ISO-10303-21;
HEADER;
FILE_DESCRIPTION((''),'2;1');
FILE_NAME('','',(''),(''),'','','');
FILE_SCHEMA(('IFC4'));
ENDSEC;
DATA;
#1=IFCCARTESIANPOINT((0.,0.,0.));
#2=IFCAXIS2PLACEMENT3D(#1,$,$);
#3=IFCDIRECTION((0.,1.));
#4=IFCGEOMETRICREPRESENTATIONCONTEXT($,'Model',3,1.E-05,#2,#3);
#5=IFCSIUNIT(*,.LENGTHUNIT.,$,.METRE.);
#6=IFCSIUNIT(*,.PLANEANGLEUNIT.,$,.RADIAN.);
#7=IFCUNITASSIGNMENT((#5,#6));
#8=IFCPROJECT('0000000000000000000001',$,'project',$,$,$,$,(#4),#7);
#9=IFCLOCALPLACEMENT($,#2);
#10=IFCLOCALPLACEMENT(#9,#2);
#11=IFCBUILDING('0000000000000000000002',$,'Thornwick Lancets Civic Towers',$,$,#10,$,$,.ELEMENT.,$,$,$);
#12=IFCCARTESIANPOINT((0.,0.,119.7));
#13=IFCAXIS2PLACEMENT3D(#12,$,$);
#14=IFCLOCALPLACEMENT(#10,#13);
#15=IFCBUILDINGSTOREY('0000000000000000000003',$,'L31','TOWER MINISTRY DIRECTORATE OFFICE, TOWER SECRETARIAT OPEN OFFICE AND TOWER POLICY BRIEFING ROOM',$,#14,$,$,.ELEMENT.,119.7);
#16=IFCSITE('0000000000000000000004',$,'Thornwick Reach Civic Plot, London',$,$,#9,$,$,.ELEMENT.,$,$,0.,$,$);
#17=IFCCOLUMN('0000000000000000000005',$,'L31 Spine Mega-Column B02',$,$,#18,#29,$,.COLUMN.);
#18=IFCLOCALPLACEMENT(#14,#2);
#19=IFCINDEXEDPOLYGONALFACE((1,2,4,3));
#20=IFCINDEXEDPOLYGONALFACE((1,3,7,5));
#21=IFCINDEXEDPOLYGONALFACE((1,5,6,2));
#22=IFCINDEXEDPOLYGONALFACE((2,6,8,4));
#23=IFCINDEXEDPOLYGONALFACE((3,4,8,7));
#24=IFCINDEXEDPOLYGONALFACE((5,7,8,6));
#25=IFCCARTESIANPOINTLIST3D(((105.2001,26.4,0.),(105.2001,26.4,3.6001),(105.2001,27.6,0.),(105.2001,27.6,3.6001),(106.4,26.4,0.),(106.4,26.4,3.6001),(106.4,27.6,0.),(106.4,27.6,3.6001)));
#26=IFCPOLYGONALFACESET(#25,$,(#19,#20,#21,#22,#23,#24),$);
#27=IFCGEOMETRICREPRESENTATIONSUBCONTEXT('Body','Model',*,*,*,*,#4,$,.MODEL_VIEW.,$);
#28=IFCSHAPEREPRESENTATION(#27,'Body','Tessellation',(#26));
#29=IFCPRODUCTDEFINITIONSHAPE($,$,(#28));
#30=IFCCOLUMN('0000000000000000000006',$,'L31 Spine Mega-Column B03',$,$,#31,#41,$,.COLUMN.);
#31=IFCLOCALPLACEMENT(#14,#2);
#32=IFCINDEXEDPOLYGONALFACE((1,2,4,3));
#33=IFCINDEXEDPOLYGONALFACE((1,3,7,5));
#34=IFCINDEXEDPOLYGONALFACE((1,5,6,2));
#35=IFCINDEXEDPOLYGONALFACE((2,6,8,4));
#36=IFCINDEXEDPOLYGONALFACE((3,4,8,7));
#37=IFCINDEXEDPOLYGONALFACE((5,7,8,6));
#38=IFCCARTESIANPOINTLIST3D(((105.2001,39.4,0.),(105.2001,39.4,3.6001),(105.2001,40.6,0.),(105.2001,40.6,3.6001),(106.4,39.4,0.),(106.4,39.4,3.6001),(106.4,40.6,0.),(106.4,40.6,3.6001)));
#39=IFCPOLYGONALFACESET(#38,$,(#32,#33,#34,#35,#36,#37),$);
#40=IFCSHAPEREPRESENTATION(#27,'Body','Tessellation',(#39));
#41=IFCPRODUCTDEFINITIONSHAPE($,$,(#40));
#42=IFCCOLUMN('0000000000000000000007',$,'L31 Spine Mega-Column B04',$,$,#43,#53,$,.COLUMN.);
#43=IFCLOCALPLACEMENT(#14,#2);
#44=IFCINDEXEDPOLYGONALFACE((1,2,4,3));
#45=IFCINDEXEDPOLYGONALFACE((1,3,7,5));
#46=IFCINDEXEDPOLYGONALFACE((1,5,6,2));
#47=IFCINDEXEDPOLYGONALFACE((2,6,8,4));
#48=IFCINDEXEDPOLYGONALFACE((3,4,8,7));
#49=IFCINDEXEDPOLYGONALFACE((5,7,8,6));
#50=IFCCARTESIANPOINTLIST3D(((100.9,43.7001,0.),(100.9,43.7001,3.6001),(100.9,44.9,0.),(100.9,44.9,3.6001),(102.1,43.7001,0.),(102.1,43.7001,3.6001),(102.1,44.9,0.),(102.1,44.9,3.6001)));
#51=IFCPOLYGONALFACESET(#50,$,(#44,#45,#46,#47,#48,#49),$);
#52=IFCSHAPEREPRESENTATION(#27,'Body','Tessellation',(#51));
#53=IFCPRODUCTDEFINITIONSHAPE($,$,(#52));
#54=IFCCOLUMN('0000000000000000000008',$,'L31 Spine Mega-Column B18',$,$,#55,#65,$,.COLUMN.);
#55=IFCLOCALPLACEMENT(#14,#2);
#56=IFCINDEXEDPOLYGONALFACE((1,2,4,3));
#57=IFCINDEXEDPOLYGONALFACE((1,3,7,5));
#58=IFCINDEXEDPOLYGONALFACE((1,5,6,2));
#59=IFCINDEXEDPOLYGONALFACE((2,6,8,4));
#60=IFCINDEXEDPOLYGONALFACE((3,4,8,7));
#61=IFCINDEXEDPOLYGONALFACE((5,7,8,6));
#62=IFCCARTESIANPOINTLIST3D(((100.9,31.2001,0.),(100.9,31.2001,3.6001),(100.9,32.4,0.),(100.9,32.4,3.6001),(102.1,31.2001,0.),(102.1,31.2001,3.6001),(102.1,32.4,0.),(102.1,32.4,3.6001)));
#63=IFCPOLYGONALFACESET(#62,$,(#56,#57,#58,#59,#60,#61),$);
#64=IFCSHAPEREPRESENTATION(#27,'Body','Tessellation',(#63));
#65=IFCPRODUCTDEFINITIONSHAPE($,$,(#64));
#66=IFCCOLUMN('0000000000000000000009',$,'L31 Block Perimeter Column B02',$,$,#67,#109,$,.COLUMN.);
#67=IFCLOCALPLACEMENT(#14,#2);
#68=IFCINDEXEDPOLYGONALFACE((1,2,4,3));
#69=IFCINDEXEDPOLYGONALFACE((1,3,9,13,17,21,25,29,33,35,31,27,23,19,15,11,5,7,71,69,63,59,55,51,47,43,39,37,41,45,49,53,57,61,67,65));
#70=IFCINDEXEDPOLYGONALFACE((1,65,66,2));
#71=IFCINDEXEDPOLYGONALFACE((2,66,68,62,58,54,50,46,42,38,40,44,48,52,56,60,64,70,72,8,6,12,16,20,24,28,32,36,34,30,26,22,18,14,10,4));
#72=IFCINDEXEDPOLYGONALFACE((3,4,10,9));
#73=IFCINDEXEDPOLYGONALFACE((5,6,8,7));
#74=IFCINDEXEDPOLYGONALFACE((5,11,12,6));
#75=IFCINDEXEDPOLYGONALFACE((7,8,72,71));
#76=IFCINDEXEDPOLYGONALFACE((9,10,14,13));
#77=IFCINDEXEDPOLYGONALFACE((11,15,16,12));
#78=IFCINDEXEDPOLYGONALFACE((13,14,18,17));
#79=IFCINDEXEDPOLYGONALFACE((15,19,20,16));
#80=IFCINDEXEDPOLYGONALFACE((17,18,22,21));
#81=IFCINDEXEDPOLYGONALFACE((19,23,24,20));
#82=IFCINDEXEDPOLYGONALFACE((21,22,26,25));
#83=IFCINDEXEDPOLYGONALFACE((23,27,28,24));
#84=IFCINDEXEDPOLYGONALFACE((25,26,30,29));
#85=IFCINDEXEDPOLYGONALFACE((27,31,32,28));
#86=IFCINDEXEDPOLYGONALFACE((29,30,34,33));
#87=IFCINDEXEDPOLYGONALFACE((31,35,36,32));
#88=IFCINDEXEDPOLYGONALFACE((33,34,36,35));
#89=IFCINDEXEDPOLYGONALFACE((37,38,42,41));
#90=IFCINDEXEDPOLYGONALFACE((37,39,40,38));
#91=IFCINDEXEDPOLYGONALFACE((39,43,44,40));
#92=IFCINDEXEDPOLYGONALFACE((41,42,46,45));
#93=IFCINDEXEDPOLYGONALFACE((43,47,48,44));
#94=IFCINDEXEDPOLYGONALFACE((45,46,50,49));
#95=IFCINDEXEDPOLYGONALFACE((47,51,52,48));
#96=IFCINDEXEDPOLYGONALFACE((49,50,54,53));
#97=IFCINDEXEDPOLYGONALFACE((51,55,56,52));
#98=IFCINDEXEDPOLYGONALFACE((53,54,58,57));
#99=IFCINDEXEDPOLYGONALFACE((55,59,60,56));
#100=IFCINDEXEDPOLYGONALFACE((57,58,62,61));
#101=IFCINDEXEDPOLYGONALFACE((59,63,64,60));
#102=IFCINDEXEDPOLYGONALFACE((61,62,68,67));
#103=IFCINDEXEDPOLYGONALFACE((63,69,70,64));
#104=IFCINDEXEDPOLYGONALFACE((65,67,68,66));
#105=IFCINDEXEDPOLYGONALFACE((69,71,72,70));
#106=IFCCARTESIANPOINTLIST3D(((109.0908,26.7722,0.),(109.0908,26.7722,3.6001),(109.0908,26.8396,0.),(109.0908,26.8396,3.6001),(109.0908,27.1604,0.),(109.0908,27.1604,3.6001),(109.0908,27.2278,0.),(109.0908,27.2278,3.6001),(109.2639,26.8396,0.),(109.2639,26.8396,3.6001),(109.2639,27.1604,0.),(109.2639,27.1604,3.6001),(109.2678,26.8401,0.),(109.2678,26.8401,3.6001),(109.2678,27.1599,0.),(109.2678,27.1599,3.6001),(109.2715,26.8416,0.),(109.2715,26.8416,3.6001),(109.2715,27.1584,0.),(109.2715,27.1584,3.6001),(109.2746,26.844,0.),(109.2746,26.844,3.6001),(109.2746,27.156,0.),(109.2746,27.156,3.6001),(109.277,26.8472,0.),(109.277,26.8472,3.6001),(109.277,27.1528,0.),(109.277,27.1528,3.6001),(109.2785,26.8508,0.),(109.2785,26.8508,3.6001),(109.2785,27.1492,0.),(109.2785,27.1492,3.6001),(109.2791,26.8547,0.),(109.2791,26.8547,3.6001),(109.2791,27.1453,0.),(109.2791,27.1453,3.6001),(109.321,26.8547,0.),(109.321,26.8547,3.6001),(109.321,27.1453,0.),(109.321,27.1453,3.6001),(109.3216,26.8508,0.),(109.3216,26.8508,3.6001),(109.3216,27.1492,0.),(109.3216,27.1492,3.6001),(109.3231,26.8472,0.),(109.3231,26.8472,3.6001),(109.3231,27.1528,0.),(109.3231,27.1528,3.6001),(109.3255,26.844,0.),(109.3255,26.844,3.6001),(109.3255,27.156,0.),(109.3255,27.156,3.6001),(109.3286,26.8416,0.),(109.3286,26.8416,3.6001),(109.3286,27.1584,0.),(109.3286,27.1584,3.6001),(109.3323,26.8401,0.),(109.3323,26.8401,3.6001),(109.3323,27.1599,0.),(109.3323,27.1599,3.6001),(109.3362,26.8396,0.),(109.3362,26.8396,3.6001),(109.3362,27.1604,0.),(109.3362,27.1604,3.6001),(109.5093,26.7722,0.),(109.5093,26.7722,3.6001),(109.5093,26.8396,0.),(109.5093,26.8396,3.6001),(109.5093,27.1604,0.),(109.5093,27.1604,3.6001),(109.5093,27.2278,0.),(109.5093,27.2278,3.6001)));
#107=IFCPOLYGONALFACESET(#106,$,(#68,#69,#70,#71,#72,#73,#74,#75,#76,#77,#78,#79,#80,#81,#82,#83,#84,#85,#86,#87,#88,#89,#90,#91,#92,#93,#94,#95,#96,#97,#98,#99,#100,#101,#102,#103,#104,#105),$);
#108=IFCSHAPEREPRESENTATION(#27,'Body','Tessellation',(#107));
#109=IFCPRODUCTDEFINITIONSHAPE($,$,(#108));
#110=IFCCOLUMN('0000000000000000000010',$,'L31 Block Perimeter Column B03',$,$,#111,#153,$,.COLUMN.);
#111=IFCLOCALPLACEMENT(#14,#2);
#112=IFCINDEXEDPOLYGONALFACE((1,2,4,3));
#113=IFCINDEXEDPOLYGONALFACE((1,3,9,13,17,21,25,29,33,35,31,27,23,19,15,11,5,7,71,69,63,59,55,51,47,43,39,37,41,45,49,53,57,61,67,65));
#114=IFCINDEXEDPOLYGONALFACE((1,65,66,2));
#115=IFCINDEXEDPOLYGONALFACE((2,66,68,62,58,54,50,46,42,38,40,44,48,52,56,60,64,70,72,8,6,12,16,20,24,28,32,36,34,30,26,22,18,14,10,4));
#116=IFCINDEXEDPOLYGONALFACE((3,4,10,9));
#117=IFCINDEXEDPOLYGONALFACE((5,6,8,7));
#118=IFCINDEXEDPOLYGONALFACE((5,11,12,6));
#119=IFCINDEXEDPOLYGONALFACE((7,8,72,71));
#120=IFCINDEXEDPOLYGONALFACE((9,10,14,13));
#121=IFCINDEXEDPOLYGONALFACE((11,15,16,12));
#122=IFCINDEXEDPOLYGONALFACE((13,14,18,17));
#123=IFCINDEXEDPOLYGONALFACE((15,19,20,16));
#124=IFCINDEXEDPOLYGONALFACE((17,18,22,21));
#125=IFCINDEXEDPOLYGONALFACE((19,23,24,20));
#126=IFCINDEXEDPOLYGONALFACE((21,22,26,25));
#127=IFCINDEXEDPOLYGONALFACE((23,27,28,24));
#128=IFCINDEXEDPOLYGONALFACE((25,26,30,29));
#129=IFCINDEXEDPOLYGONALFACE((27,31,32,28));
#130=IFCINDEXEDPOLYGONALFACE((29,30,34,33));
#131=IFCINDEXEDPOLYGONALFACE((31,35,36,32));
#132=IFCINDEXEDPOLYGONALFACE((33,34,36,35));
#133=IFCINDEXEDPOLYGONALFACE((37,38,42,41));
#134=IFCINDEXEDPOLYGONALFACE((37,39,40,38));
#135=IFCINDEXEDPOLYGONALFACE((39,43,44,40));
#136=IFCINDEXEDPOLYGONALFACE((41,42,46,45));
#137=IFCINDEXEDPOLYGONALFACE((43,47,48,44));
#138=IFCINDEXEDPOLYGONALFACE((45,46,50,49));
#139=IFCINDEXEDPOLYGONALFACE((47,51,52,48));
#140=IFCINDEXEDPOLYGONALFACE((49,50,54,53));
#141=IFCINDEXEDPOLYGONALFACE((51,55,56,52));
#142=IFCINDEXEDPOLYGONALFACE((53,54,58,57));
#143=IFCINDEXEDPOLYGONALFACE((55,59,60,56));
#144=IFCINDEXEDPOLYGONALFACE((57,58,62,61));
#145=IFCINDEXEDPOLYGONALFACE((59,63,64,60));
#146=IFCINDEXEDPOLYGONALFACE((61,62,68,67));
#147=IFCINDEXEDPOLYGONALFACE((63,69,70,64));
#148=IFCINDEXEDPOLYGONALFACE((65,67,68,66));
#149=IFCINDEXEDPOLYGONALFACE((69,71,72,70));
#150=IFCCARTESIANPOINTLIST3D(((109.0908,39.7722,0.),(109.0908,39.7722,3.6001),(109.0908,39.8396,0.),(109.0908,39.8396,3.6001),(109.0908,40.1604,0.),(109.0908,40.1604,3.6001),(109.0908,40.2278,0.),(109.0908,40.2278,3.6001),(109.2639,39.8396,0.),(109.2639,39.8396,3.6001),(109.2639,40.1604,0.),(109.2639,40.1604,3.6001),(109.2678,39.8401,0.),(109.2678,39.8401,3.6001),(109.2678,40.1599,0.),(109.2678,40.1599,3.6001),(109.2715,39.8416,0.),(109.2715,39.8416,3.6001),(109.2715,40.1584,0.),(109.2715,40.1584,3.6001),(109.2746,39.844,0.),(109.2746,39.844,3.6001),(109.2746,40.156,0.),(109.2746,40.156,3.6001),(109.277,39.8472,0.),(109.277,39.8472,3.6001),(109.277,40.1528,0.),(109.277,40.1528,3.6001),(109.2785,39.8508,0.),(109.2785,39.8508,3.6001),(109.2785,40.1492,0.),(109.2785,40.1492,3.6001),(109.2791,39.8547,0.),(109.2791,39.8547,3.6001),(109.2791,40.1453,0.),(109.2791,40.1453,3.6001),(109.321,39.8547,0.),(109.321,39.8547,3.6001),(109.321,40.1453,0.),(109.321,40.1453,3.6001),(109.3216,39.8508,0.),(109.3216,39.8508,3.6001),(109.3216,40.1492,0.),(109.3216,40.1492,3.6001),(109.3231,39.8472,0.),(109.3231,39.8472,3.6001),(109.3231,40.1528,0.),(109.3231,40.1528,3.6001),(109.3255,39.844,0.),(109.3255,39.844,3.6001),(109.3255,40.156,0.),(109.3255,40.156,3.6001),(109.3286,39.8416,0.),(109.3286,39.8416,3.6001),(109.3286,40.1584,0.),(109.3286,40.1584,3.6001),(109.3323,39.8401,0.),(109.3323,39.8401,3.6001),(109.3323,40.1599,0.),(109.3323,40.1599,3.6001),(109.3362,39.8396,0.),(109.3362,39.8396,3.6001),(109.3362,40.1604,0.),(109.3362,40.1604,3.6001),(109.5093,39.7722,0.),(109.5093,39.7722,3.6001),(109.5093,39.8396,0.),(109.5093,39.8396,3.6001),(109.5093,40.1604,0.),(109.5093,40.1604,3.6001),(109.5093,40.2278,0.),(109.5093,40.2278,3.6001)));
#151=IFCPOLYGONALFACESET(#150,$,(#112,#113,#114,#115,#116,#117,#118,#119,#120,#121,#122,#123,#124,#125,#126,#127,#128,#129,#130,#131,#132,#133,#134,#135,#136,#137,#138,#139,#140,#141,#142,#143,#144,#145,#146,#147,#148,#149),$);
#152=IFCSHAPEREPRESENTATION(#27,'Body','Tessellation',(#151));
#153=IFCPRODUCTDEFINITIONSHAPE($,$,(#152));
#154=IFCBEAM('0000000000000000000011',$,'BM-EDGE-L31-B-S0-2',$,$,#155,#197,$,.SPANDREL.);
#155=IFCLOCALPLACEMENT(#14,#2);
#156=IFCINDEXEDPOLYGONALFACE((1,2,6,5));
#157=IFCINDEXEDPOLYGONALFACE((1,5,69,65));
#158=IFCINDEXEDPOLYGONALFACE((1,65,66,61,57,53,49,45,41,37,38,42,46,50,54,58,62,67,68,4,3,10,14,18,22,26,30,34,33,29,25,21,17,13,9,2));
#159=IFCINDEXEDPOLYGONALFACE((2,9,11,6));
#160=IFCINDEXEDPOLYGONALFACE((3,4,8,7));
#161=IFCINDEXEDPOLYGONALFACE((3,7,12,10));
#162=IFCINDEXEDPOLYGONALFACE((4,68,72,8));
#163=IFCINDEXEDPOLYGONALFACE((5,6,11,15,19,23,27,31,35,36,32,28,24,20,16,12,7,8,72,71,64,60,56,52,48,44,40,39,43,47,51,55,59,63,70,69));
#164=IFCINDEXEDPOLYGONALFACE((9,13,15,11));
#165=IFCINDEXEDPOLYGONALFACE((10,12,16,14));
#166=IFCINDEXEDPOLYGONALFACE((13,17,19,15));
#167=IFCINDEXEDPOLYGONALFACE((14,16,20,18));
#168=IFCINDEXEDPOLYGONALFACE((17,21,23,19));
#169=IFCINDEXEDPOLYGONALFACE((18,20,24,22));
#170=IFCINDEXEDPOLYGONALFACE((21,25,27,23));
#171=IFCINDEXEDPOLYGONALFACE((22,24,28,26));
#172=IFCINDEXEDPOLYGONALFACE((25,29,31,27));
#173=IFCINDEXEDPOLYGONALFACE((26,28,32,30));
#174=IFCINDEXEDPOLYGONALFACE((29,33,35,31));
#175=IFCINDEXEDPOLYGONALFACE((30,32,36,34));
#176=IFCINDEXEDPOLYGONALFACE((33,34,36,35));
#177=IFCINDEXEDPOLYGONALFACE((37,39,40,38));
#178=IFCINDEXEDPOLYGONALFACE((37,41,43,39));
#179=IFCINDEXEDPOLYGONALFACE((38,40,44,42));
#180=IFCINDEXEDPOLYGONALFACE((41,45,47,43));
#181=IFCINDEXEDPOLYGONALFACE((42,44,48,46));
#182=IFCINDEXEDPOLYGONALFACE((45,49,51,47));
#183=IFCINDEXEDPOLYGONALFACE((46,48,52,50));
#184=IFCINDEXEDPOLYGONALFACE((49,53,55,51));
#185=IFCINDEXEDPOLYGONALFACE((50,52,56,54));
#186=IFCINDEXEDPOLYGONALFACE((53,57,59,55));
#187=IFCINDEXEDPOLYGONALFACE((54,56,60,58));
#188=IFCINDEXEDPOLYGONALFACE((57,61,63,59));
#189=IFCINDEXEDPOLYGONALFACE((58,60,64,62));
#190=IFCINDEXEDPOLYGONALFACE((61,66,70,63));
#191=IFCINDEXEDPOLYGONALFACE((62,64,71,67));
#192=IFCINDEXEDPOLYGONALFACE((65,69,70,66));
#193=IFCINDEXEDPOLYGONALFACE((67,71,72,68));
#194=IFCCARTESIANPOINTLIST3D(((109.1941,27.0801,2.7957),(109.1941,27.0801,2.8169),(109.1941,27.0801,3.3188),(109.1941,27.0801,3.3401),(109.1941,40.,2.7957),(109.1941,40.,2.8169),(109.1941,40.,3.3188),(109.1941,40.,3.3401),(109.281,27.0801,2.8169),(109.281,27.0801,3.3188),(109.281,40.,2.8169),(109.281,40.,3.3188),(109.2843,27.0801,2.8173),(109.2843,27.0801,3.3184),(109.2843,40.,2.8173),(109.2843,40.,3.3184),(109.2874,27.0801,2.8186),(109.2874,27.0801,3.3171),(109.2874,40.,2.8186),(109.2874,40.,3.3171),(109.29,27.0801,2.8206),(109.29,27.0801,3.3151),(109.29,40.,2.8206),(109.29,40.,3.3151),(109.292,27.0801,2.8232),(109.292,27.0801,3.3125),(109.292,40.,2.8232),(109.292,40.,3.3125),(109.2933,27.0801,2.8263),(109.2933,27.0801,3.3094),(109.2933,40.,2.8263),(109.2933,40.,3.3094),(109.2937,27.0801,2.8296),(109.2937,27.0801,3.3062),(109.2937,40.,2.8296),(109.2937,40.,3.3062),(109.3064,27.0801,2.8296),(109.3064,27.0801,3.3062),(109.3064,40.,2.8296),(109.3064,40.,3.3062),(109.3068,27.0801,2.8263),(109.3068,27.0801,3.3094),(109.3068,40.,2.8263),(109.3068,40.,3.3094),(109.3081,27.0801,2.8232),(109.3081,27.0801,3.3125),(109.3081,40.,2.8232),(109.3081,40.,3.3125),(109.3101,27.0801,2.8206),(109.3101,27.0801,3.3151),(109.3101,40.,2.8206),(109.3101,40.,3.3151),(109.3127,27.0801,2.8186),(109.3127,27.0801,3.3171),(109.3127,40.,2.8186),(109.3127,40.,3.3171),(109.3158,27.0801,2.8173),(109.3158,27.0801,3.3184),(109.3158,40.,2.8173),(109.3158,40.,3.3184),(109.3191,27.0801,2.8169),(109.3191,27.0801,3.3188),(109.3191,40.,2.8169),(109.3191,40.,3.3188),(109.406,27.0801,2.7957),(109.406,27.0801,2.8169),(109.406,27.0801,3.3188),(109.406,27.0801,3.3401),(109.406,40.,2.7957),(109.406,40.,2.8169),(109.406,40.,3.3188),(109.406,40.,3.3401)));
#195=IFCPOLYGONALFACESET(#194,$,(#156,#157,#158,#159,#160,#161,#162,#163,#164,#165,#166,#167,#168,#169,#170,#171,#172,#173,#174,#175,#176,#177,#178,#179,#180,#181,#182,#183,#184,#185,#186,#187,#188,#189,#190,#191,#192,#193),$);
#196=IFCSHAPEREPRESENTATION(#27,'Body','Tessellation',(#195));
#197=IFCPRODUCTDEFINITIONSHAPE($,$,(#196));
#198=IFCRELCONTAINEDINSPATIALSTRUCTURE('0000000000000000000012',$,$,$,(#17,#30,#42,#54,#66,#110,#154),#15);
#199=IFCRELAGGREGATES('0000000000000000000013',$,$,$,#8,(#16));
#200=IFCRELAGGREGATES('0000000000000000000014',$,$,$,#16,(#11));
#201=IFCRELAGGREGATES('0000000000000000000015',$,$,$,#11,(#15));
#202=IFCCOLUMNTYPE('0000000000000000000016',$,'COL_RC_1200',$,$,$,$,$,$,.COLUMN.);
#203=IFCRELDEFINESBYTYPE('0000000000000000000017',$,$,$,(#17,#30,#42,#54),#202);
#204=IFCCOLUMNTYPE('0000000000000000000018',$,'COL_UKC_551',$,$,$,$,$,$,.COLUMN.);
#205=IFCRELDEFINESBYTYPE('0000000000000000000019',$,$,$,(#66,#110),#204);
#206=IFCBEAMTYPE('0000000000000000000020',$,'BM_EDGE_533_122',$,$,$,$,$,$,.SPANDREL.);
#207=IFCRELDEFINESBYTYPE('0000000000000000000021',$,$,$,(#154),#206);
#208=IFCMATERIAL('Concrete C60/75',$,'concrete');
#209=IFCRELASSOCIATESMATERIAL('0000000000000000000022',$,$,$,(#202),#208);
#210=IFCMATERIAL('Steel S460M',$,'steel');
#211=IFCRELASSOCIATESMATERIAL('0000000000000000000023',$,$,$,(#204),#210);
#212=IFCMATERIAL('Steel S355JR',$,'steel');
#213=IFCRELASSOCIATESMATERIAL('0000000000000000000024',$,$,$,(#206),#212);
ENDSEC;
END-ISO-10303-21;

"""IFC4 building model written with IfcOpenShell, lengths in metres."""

from ifc_helpers import new_model, si_unit, direction, frame, origin, origin_2d, place, context, subcontext, project, spatial, rectangle, i_section, extrude, material, material_profile, profile_set, type_object, element, save


model = new_model("IFC4")

# Units and contexts
model_context = context("Model", 3, precision=1e-05, world=origin(), true_north=direction((0.0, 1.0)))
body_context = subcontext(model_context, "Body", "Model", "MODEL_VIEW")
ifc_project = project(units=[si_unit("LENGTHUNIT", "METRE"), si_unit("PLANEANGLEUNIT", "RADIAN")], contexts=[model_context])

# Site, building, storey
site_placement = place(None, origin())
site = spatial("IfcSite", under=ifc_project, at=site_placement, Name="Thornwick Reach Civic Plot, London", CompositionType="ELEMENT", RefElevation=0.0)
building_placement = place(site_placement, origin())
building = spatial("IfcBuilding", under=site, at=building_placement, Name="Thornwick Lancets Civic Towers", CompositionType="ELEMENT")
storey_placement = place(building_placement, frame((0.0, 0.0, 119.7)))
storey = spatial("IfcBuildingStorey", under=building, at=storey_placement, Name="L31", Description="TOWER MINISTRY DIRECTORATE OFFICE, TOWER SECRETARIAT OPEN OFFICE AND TOWER POLICY BRIEFING ROOM", CompositionType="ELEMENT", Elevation=119.7)

# Columns
ifc_material_1 = material(Name="Concrete C60/75", Category="concrete")
ifc_material_profile_1 = material_profile(ifc_material_1, rectangle(XDim=1.2, YDim=1.2, at=origin_2d()), Name="RC 1200x1200")
ifc_profile_set_1 = profile_set([ifc_material_profile_1], Name="Concrete C60/75")
column_type_1 = type_object("IfcColumnType", Name="COL_RC_1200", PredefinedType="COLUMN", material=ifc_profile_set_1)
for number, where, z_axis, x_axis, name in (
    (1, (105.8, 27.0, 0.0), (0.0, 0.0, 1.0), (1.0, 0.0, 0.0), "L31 Spine Mega-Column B02"),
    (2, (105.8, 40.0, 0.0), (0.0, 0.0, 1.0), (1.0, 0.0, 0.0), "L31 Spine Mega-Column B03"),
    (3, (101.5, 44.3, 0.0), (0.0, 0.0, 1.0), (1.0, 0.0, 0.0), "L31 Spine Mega-Column B04"),
    (4, (101.5, 31.8, 0.0), (0.0, 0.0, 1.0), (1.0, 0.0, 0.0), "L31 Spine Mega-Column B18"),
):
    element("IfcColumn", number, at=place(storey_placement, frame(where, z_axis=z_axis, x_axis=x_axis)), inside=storey, type_object=column_type_1, Name=name, PredefinedType="COLUMN", context=body_context, shape_type="SweptSolid", body=[
        extrude(rectangle(XDim=1.2, YDim=1.2, at=origin_2d()), origin(), (0.0, 0.0, 1.0), 3.6001),
    ])
ifc_material_2 = material(Name="Steel S460M", Category="steel")
ifc_material_profile_2 = material_profile(ifc_material_2, i_section(OverallWidth=0.4185, OverallDepth=0.4556, WebThickness=0.042, FlangeThickness=0.0674, FilletRadius=0.0151, at=origin_2d()), Name="UKC 356x406x551")
ifc_profile_set_2 = profile_set([ifc_material_profile_2], Name="Steel S460M")
column_type_2 = type_object("IfcColumnType", Name="COL_UKC_551", PredefinedType="COLUMN", material=ifc_profile_set_2)
for number, where, z_axis, x_axis, name in (
    (5, (109.3, 27.0, 0.0), (0.0, 0.0, 1.0), (1.0, 0.0, 0.0), "L31 Block Perimeter Column B02"),
    (6, (109.3, 40.0, 0.0), (0.0, 0.0, 1.0), (1.0, 0.0, 0.0), "L31 Block Perimeter Column B03"),
):
    element("IfcColumn", number, at=place(storey_placement, frame(where, z_axis=z_axis, x_axis=x_axis)), inside=storey, type_object=column_type_2, Name=name, PredefinedType="COLUMN", context=body_context, shape_type="SweptSolid", body=[
        extrude(i_section(OverallWidth=0.4185, OverallDepth=0.4556, WebThickness=0.042, FlangeThickness=0.0674, FilletRadius=0.0151, at=origin_2d()), origin(), (0.0, 0.0, 1.0), 3.6001),
    ])

# Beam
ifc_material_3 = material(Name="Steel S355JR", Category="steel")
ifc_material_profile_3 = material_profile(ifc_material_3, i_section(OverallWidth=0.2119, OverallDepth=0.5444, WebThickness=0.0127, FlangeThickness=0.0212, FilletRadius=0.0127, at=origin_2d()), Name="UKB 533x210x122")
ifc_profile_set_3 = profile_set([ifc_material_profile_3], Name="Steel S355JR")
beam_type_1 = type_object("IfcBeamType", Name="BM_EDGE_533_122", PredefinedType="SPANDREL", material=ifc_profile_set_3)
beam_1_placement = place(storey_placement, frame((109.3, 27.0801, 3.0679), z_axis=(0.0, 1.0, 0.0), x_axis=(-1.0, 0.0, 0.0)))
element("IfcBeam", 7, at=beam_1_placement, inside=storey, type_object=beam_type_1, Name="BM-EDGE-L31-B-S0-2", PredefinedType="SPANDREL", context=body_context, shape_type="SweptSolid", body=[
    extrude(i_section(OverallWidth=0.2119, OverallDepth=0.5444, WebThickness=0.0127, FlangeThickness=0.0212, FilletRadius=0.0127, at=origin_2d()), origin(), (0.0, 0.0, 1.0), 12.9199),
])

save(model, "model.ifc")
